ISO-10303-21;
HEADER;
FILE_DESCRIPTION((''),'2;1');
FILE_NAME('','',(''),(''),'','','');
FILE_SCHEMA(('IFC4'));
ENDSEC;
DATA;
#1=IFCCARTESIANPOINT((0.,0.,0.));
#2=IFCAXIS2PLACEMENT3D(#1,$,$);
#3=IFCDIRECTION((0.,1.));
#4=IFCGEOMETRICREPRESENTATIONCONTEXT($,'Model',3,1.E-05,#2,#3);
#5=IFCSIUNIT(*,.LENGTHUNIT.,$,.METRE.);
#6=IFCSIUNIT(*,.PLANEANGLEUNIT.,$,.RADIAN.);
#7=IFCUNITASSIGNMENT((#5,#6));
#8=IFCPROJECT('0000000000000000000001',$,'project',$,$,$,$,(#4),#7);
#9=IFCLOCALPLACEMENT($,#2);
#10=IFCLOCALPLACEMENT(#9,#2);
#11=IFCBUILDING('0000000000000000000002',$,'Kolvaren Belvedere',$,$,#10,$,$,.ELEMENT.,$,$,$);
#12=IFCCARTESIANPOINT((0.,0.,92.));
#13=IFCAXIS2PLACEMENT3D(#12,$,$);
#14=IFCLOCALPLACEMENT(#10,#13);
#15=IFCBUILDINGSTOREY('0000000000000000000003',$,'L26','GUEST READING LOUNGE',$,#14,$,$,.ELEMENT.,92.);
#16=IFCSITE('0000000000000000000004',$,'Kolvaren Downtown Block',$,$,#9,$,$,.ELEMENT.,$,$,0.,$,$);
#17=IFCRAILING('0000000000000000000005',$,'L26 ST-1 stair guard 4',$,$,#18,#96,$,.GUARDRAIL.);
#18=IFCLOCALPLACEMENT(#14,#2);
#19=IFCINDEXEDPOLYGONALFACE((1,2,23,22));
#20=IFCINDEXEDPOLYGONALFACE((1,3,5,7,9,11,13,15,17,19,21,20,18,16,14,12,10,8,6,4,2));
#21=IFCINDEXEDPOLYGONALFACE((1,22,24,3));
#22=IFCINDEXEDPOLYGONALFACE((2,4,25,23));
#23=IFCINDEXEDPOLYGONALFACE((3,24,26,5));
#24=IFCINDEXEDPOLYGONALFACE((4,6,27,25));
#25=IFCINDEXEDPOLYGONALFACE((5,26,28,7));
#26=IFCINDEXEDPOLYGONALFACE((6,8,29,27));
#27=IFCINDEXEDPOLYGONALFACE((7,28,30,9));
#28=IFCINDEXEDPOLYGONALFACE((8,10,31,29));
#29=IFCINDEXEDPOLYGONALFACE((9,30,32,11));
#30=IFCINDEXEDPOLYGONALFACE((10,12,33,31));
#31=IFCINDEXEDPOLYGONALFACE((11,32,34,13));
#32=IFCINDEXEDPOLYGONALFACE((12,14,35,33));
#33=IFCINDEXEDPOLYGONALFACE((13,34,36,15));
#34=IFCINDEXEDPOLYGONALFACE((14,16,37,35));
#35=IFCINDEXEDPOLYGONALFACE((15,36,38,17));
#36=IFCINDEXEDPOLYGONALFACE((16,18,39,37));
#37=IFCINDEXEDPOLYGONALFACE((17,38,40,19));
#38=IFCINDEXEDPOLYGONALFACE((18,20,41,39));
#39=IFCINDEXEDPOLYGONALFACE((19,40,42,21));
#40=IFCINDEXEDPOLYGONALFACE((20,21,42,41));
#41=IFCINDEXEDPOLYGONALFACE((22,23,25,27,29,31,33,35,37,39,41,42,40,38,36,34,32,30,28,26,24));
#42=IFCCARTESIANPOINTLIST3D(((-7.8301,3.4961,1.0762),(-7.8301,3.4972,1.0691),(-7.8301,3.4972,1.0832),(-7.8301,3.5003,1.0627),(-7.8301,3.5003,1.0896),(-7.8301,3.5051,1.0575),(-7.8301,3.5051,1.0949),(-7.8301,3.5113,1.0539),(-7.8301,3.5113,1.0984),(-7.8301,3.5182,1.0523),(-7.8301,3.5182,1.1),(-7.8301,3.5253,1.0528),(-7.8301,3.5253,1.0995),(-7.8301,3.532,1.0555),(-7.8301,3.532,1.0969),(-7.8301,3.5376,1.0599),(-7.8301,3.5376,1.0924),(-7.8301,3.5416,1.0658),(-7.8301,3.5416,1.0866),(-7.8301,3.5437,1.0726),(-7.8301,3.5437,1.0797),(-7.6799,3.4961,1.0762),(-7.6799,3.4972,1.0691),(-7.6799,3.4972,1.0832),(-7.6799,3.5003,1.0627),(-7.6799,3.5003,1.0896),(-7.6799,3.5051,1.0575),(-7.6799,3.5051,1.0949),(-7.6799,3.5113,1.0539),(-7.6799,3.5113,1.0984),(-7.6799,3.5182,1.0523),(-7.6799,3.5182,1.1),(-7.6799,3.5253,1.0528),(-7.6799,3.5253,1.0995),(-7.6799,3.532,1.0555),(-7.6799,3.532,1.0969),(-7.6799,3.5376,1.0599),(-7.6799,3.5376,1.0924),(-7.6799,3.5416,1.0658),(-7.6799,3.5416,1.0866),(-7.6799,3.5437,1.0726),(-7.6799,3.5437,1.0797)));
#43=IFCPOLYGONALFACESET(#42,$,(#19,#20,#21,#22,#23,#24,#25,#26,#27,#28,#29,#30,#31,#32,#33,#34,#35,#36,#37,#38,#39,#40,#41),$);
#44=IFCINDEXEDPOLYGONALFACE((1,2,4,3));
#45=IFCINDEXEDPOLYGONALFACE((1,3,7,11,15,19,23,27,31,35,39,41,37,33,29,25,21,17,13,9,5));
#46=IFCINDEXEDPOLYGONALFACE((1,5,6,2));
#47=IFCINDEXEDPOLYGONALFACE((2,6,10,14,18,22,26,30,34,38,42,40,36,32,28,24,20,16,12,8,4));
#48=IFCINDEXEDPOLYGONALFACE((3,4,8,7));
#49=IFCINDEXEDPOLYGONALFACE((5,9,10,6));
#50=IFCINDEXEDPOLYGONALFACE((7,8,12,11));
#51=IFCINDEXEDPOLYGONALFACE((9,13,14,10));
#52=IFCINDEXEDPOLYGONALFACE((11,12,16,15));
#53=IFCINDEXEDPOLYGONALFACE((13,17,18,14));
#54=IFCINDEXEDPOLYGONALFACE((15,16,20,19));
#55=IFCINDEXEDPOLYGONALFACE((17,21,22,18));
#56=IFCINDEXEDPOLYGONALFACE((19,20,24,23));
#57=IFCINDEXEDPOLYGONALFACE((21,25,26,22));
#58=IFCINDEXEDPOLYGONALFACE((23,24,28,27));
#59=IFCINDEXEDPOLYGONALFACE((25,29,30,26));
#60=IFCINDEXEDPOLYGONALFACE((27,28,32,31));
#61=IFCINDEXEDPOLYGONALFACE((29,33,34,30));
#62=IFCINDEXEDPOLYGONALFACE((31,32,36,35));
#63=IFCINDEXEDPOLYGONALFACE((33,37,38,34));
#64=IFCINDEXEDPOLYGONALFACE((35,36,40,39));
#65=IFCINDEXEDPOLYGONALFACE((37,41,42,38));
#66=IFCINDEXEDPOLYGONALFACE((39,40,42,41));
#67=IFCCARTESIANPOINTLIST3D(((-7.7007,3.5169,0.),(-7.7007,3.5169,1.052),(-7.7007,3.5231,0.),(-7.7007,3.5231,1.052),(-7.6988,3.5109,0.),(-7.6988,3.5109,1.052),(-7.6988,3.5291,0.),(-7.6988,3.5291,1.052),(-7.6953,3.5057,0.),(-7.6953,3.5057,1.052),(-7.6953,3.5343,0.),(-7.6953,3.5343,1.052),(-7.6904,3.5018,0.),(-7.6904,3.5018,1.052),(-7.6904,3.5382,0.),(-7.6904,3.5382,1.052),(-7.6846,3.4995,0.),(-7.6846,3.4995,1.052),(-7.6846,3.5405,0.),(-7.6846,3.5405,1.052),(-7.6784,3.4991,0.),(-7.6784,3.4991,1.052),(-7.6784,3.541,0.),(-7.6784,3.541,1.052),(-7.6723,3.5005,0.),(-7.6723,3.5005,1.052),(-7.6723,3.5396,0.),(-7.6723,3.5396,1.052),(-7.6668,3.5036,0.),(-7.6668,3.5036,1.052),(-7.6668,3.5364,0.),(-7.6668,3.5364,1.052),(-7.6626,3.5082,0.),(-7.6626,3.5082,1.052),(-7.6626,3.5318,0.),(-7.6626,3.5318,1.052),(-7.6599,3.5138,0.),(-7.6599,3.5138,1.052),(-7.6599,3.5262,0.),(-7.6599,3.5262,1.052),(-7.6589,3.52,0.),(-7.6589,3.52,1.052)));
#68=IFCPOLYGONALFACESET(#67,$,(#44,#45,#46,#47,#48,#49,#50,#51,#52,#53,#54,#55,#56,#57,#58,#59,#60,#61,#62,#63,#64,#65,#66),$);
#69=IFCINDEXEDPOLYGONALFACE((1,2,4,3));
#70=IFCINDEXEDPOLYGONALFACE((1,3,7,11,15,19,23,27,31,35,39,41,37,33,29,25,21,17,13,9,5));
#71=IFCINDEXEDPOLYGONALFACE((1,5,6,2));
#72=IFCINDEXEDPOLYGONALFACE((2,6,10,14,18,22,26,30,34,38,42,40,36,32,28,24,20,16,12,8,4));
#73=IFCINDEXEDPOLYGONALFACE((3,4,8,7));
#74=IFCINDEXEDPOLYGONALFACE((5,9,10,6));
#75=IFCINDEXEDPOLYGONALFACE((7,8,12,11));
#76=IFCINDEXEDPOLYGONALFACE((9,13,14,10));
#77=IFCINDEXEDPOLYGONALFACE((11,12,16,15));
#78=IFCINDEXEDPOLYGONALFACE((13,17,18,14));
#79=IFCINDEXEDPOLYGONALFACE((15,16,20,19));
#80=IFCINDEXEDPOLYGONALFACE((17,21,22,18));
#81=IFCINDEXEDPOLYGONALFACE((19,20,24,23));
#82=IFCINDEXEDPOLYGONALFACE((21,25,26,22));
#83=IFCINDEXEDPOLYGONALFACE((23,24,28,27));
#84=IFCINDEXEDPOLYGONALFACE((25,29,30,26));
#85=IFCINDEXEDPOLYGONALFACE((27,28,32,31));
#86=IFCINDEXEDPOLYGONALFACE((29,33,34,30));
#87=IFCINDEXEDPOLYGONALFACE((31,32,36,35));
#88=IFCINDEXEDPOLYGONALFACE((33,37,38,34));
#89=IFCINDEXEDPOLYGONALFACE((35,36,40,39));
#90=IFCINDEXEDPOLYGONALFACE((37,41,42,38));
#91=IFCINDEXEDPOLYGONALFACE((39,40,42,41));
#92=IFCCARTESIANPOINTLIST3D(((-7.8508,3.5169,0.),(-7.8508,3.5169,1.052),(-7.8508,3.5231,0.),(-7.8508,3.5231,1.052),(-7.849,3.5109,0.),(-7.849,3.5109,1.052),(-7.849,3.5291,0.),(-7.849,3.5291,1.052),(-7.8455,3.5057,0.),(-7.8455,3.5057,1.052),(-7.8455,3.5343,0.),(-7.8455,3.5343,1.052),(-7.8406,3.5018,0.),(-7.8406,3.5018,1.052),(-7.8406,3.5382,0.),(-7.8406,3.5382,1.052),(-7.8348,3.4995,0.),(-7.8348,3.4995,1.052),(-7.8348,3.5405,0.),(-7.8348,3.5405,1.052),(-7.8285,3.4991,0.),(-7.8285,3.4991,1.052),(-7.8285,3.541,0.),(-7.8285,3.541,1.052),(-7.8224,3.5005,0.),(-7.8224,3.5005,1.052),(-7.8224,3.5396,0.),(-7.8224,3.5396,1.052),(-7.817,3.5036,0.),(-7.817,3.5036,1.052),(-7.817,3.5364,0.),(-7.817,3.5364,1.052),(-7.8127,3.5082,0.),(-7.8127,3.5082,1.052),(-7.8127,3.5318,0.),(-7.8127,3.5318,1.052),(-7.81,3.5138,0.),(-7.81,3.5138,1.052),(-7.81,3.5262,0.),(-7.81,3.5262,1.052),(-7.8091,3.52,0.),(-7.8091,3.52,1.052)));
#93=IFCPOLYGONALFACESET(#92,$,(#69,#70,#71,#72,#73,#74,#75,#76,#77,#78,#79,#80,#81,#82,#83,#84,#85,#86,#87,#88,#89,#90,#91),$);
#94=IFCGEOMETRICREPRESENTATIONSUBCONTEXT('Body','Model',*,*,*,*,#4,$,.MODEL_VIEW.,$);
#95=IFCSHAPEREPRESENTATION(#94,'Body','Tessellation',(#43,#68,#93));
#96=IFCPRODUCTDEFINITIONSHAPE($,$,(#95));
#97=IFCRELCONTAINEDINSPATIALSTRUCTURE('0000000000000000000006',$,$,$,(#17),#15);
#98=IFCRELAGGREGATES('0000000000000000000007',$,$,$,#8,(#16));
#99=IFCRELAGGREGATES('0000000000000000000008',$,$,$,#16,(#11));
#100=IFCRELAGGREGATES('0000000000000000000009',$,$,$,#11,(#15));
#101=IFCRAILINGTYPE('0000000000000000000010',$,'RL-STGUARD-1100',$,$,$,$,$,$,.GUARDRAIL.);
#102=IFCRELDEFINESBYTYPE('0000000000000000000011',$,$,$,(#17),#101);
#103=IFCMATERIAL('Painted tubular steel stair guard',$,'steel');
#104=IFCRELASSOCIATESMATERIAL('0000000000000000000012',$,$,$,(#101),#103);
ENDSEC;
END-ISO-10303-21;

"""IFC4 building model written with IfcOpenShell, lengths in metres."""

from ifc_helpers import new_model, si_unit, direction, frame, origin, origin_2d, place, context, subcontext, project, spatial, circle, extrude, material, type_object, element, save


model = new_model("IFC4")

# Units and contexts
model_context = context("Model", 3, precision=1e-05, world=origin(), true_north=direction((0.0, 1.0)))
body_context = subcontext(model_context, "Body", "Model", "MODEL_VIEW")
ifc_project = project(units=[si_unit("LENGTHUNIT", "METRE"), si_unit("PLANEANGLEUNIT", "RADIAN")], contexts=[model_context])

# Site, building, storey
site_placement = place(None, origin())
site = spatial("IfcSite", under=ifc_project, at=site_placement, Name="Kolvaren Downtown Block", CompositionType="ELEMENT", RefElevation=0.0)
building_placement = place(site_placement, origin())
building = spatial("IfcBuilding", under=site, at=building_placement, Name="Kolvaren Belvedere", CompositionType="ELEMENT")
storey_placement = place(building_placement, frame((0.0, 0.0, 92.0)))
storey = spatial("IfcBuildingStorey", under=building, at=storey_placement, Name="L26", Description="GUEST READING LOUNGE", CompositionType="ELEMENT", Elevation=92.0)

# Railing
ifc_material_1 = material(Name="Painted tubular steel stair guard", Category="steel")
railing_type_1 = type_object("IfcRailingType", Name="RL-STGUARD-1100", PredefinedType="GUARDRAIL", material=ifc_material_1)
railing_1_placement = place(storey_placement, frame((-7.6799, 3.52, 0.0)))
element("IfcRailing", 1, at=railing_1_placement, inside=storey, type_object=railing_type_1, Name="L26 ST-1 stair guard 4", PredefinedType="GUARDRAIL", context=body_context, shape_type="SweptSolid", body=[
    extrude(circle(Radius=0.0239, at=origin_2d()), frame((0.0, 0.0, 1.0762), z_axis=(-1.0, 0.0, 0.0), x_axis=(0.0, -1.0, 0.0)), (0.0, 0.0, 1.0), 0.1501),
    extrude(circle(Radius=0.021, at=origin_2d()), origin(), (0.0, 0.0, 1.0), 1.052),
    extrude(circle(Radius=0.021, at=origin_2d()), frame((-0.1501, 0.0, 0.0)), (0.0, 0.0, 1.0), 1.052),
])

save(model, "model.ifc")
